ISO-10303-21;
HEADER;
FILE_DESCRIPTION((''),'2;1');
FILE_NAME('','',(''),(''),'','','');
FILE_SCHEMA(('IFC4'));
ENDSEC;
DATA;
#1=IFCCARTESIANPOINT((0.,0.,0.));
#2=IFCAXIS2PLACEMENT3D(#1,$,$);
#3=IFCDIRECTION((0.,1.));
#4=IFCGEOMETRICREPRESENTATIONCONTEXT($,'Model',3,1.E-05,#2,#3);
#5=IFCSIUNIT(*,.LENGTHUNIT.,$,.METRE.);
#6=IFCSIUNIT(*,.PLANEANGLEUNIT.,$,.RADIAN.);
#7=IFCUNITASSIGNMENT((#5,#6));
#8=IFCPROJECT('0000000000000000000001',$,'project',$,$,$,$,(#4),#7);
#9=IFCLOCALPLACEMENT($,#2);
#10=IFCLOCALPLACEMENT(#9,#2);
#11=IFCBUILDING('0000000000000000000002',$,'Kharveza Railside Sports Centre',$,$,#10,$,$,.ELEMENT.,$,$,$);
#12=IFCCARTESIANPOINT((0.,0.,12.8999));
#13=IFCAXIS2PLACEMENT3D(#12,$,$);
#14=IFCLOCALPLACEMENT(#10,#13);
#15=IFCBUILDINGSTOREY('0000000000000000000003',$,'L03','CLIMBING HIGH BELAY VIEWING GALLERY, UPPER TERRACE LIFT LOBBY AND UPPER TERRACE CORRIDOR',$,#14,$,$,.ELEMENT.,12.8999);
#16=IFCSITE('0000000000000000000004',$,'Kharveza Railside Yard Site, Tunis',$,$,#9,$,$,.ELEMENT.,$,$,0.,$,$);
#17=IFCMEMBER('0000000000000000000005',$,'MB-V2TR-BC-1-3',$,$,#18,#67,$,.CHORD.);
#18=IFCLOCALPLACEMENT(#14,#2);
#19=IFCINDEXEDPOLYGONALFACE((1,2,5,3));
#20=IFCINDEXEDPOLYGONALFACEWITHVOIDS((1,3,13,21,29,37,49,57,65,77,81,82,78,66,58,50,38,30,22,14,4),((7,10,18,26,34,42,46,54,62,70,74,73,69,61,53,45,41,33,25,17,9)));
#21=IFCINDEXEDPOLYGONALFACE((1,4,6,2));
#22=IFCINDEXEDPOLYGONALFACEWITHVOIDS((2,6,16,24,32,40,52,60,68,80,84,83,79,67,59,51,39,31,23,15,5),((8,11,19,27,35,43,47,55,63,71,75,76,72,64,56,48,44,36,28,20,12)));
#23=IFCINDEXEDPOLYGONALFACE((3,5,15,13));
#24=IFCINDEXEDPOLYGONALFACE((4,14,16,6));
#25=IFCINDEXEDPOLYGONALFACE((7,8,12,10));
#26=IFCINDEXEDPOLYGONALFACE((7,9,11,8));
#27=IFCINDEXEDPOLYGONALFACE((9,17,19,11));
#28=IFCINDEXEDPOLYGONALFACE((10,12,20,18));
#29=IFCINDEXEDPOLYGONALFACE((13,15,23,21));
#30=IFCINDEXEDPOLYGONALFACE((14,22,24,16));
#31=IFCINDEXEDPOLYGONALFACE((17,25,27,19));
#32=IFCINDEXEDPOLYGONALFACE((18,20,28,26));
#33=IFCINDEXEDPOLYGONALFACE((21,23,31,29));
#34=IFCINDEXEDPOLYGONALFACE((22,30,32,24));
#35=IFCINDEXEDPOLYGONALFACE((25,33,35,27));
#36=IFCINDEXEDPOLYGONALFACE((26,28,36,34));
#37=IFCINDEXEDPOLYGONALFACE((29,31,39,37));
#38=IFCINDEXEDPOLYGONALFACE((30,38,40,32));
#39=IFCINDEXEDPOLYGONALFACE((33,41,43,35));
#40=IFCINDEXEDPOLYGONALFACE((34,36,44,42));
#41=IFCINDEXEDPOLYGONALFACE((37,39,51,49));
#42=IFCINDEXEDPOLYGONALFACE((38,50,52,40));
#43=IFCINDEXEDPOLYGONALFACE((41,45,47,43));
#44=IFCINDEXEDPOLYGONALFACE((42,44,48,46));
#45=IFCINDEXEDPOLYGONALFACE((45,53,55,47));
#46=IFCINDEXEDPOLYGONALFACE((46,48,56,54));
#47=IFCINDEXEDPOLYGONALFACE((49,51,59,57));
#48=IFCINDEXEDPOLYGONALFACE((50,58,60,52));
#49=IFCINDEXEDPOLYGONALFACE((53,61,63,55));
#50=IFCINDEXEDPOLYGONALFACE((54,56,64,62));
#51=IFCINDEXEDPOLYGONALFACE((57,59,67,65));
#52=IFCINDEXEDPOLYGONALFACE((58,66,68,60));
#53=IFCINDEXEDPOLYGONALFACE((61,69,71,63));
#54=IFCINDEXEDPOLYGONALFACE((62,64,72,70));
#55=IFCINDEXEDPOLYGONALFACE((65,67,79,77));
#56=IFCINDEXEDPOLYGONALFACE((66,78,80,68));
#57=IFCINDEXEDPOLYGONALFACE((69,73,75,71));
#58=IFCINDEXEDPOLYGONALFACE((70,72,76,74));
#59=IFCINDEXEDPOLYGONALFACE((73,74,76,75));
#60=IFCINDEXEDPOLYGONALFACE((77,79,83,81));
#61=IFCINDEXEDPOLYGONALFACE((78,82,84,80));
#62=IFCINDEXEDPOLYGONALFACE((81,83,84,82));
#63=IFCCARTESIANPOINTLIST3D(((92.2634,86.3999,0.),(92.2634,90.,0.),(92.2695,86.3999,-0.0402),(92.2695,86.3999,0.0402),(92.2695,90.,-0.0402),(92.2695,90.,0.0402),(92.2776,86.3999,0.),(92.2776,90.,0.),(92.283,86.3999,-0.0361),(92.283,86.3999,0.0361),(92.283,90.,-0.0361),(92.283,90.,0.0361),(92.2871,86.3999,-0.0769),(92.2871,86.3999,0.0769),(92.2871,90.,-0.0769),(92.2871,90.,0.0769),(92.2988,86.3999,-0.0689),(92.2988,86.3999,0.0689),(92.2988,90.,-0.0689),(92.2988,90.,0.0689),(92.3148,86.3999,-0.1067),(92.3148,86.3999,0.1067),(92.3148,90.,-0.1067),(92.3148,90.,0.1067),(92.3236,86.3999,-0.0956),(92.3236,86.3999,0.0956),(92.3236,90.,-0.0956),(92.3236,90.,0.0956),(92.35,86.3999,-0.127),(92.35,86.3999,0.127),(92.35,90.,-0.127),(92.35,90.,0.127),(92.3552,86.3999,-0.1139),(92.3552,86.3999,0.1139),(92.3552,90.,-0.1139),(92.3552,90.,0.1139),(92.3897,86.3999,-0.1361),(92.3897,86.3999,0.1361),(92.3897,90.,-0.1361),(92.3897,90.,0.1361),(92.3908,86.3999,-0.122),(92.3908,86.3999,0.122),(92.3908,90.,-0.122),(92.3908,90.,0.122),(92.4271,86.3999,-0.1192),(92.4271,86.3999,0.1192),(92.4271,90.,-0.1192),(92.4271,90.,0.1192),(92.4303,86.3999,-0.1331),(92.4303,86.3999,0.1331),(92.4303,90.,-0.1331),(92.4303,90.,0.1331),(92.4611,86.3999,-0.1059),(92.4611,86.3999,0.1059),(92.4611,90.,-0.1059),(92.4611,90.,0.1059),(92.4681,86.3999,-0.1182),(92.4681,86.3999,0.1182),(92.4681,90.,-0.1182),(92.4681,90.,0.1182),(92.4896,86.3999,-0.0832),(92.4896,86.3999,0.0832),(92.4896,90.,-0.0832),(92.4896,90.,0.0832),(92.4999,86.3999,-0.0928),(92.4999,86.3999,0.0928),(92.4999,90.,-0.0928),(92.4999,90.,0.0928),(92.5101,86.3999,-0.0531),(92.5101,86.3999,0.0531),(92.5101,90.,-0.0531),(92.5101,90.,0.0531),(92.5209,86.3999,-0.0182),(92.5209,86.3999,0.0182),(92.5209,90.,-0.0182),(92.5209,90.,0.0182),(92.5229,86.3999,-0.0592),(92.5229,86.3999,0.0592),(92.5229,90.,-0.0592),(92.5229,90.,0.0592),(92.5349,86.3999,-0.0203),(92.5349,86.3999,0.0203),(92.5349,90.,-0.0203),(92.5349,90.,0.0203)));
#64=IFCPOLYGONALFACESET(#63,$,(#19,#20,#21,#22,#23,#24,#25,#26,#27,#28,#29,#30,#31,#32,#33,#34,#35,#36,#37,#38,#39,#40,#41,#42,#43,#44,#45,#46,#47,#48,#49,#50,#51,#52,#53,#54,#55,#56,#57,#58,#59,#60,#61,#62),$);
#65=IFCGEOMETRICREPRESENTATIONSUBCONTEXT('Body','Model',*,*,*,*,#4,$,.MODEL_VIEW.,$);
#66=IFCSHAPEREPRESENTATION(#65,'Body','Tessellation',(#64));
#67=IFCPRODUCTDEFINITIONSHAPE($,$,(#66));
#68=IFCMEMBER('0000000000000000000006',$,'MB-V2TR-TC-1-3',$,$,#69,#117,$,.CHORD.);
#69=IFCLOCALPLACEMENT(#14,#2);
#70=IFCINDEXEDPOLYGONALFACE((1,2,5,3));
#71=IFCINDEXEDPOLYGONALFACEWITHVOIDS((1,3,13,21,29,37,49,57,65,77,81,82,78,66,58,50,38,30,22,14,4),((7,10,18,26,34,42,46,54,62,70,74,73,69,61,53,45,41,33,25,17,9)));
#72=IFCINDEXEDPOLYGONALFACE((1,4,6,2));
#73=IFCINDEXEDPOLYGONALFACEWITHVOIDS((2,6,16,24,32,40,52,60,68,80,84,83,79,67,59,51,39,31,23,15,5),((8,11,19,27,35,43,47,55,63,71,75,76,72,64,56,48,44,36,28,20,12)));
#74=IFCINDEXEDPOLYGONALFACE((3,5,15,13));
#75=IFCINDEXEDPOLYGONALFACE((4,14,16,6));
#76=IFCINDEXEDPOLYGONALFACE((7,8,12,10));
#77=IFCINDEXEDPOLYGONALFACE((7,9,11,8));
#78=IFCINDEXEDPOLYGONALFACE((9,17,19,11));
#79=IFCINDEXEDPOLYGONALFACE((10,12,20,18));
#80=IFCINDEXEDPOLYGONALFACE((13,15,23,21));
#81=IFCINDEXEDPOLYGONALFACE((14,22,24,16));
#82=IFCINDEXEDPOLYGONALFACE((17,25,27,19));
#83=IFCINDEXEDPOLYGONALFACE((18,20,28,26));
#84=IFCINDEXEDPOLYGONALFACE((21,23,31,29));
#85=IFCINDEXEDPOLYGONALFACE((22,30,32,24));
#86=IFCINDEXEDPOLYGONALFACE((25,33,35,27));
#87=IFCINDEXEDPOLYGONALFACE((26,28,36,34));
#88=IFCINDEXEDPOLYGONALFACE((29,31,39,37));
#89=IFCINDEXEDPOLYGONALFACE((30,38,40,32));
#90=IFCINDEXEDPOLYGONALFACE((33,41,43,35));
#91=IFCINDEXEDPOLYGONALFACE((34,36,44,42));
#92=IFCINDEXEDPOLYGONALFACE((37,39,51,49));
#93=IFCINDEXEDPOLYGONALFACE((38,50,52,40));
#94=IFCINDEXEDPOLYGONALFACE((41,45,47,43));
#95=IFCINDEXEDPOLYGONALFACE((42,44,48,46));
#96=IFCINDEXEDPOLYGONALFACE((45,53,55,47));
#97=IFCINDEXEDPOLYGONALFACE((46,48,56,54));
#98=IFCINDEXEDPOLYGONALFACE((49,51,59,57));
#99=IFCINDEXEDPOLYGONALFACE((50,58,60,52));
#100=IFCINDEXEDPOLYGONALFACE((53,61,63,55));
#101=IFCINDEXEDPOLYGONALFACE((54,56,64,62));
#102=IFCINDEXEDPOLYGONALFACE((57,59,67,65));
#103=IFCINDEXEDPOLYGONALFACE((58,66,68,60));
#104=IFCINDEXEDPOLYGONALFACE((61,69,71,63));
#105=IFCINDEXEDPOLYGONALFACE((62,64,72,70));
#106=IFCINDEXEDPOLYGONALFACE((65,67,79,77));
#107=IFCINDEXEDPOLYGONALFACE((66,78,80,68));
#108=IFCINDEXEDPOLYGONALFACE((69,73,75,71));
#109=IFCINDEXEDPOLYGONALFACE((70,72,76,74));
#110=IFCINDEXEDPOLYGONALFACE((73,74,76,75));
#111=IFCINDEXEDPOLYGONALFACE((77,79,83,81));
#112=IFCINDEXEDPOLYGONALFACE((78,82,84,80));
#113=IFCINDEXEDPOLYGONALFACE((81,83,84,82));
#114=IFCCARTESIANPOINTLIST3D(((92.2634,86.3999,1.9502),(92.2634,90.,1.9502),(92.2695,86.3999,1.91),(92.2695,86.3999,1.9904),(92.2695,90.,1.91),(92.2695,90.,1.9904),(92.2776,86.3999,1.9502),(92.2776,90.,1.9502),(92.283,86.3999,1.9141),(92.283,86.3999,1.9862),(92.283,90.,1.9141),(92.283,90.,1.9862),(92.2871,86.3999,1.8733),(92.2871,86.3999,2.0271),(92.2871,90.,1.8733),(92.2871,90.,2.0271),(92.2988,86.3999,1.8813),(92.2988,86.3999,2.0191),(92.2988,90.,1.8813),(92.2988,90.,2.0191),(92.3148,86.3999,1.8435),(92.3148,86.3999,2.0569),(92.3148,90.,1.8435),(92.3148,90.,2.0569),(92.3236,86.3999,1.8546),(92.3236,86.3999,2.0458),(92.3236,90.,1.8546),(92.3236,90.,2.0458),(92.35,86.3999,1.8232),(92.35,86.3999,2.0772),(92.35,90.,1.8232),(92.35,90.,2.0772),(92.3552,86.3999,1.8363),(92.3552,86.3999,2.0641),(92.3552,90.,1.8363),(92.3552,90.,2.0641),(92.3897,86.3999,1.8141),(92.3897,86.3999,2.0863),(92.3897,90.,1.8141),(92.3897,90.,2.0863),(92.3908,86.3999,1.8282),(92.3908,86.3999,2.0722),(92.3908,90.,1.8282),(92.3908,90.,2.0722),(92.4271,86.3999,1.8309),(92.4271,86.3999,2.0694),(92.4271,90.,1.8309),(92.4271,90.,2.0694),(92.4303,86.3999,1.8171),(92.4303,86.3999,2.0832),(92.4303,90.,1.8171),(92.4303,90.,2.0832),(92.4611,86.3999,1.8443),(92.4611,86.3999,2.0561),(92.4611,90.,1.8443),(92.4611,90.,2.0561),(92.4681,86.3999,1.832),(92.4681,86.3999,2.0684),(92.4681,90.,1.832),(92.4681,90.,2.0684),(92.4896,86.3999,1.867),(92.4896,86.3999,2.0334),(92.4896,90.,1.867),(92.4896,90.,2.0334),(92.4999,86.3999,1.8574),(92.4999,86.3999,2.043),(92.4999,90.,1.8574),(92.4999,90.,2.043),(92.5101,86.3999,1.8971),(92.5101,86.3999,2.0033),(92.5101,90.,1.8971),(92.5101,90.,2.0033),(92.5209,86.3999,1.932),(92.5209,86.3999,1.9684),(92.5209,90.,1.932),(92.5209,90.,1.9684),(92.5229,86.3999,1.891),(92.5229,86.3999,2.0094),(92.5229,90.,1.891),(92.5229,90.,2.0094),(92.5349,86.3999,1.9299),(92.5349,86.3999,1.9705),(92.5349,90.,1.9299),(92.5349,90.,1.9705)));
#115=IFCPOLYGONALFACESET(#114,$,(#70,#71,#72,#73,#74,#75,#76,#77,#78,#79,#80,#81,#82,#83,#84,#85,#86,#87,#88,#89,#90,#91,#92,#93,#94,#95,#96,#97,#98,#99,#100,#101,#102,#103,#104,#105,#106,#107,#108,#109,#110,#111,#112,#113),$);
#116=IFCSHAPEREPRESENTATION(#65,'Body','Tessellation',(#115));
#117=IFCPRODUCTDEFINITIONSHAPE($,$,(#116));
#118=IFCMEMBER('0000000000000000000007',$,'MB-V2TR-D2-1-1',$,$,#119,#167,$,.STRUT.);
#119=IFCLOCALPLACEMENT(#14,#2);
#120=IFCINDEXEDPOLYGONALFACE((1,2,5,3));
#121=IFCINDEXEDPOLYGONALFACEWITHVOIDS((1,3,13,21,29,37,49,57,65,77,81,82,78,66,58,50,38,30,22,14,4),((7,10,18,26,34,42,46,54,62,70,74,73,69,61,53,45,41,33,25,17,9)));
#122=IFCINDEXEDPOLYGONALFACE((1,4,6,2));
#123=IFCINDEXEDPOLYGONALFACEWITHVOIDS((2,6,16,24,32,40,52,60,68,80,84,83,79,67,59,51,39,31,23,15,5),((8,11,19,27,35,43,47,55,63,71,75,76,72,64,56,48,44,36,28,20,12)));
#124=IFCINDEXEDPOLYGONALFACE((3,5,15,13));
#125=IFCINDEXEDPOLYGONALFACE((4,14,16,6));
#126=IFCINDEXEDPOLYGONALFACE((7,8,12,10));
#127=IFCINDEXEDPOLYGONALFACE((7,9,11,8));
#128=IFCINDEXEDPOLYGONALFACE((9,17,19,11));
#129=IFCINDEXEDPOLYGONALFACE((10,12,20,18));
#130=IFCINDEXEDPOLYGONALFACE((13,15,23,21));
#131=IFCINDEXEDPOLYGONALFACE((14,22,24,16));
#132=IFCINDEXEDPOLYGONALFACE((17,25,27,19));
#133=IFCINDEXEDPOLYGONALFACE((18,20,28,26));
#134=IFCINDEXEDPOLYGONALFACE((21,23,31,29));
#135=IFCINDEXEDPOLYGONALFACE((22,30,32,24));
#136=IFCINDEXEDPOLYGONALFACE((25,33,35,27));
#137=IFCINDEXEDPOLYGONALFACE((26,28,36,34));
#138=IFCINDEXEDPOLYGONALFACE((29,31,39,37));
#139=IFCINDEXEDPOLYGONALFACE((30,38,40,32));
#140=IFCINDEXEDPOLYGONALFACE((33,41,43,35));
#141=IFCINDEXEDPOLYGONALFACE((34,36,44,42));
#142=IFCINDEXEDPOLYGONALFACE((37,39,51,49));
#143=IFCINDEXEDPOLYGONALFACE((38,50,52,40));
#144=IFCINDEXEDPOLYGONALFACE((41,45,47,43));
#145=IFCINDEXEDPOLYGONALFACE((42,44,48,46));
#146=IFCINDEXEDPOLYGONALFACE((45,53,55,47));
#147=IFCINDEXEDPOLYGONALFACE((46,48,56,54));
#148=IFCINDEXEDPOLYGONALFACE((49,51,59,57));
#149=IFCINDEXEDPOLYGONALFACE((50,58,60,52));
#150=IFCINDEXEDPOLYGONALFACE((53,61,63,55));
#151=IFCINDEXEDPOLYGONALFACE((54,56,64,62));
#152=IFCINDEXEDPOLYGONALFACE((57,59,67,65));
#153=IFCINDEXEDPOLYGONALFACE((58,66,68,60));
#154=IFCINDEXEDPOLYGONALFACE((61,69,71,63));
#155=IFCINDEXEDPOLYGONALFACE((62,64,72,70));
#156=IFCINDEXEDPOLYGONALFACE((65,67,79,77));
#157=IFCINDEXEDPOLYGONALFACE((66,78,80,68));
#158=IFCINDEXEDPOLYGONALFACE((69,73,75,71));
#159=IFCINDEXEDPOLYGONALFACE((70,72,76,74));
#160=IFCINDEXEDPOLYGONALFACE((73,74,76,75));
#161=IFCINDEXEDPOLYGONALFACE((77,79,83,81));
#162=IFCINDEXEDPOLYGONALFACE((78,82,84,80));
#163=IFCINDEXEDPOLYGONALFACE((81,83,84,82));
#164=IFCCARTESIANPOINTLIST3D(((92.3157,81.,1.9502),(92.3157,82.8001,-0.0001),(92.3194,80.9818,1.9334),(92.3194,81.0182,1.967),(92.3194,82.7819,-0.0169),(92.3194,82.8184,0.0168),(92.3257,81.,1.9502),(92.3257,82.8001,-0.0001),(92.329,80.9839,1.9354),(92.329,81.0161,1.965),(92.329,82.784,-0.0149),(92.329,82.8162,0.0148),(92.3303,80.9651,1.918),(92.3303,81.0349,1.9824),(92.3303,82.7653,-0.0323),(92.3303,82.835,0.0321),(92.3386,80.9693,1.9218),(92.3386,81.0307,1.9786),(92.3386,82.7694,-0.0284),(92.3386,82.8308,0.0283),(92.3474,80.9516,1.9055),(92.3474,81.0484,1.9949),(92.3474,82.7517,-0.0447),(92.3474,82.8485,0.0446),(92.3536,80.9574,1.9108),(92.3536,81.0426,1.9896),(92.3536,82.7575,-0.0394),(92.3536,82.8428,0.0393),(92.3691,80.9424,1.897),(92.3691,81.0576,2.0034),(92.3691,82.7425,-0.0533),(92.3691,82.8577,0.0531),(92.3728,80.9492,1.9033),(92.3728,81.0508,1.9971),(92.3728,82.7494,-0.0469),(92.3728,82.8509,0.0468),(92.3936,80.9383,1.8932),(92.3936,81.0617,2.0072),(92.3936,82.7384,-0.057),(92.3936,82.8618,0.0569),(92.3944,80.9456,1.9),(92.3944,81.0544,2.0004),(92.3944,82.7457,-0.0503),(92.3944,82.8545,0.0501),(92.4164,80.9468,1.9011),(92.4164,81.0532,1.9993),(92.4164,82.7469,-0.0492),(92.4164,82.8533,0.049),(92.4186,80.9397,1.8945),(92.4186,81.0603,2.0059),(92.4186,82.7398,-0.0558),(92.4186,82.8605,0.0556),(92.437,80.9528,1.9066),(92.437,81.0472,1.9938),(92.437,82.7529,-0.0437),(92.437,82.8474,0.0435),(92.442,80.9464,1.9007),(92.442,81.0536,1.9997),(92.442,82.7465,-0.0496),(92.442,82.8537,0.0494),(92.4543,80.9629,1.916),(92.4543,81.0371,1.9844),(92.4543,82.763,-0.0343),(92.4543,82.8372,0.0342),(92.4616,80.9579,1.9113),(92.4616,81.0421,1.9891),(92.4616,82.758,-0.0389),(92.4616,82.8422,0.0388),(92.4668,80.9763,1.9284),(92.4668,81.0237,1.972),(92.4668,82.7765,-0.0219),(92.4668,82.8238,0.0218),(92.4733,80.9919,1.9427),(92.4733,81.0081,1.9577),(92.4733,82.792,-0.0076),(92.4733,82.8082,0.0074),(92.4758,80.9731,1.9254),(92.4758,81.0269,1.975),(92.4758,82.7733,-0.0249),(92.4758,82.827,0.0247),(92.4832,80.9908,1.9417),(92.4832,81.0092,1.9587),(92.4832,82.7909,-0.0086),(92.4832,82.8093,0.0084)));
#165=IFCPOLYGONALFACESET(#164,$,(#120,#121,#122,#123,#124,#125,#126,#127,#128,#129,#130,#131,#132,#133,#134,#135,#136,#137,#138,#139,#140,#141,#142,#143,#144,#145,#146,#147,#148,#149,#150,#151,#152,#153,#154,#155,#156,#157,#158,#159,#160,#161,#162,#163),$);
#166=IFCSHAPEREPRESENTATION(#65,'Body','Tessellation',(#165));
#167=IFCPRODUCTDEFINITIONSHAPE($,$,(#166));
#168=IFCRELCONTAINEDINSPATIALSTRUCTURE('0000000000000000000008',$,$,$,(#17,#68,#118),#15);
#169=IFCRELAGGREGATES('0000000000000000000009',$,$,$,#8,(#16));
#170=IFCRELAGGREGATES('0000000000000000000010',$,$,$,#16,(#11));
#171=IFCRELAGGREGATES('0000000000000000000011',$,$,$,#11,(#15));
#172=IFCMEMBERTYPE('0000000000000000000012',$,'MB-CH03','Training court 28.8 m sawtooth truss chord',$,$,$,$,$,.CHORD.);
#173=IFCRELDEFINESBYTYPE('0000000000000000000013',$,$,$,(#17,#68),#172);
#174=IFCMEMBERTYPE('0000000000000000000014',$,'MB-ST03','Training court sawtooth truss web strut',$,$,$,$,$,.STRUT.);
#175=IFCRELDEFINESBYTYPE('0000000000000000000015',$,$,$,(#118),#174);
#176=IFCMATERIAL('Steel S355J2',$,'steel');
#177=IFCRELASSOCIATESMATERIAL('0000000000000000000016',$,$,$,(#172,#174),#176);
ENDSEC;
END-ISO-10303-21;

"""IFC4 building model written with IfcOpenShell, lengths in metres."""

from ifc_helpers import new_model, si_unit, direction, frame, origin, origin_2d, place, context, subcontext, project, spatial, hollow_circle, extrude, material, material_profile, profile_set, type_object, element, save


model = new_model("IFC4")

# Units and contexts
model_context = context("Model", 3, precision=1e-05, world=origin(), true_north=direction((0.0, 1.0)))
body_context = subcontext(model_context, "Body", "Model", "MODEL_VIEW")
ifc_project = project(units=[si_unit("LENGTHUNIT", "METRE"), si_unit("PLANEANGLEUNIT", "RADIAN")], contexts=[model_context])

# Site, building, storey
site_placement = place(None, origin())
site = spatial("IfcSite", under=ifc_project, at=site_placement, Name="Kharveza Railside Yard Site, Tunis", CompositionType="ELEMENT", RefElevation=0.0)
building_placement = place(site_placement, origin())
building = spatial("IfcBuilding", under=site, at=building_placement, Name="Kharveza Railside Sports Centre", CompositionType="ELEMENT")
storey_placement = place(building_placement, frame((0.0, 0.0, 12.8999)))
storey = spatial("IfcBuildingStorey", under=building, at=storey_placement, Name="L03", Description="CLIMBING HIGH BELAY VIEWING GALLERY, UPPER TERRACE LIFT LOBBY AND UPPER TERRACE CORRIDOR", CompositionType="ELEMENT", Elevation=12.8999)

# Shared definitions
ifc_material_1 = material(Name="Steel S355J2", Category="steel")

# Members
ifc_material_profile_1 = material_profile(ifc_material_1, hollow_circle(Radius=0.1365, WallThickness=0.0142, at=origin_2d()), Name="CHS 273.0x14.2")
ifc_profile_set_1 = profile_set([ifc_material_profile_1], Name="Steel S355J2")
member_type_1 = type_object("IfcMemberType", Name="MB-CH03", Description="Training court 28.8 m sawtooth truss chord", PredefinedType="CHORD", material=ifc_profile_set_1)
for number, where, z_axis, x_axis, name in (
    (1, (92.3999, 86.3999, 0.0), (0.0, 1.0, 0.0), (-1.0, 0.0, 0.0), "MB-V2TR-BC-1-3"),
    (2, (92.3999, 86.3999, 1.9502), (0.0, 1.0, 0.0), (-1.0, 0.0, 0.0), "MB-V2TR-TC-1-3"),
):
    element("IfcMember", number, at=place(storey_placement, frame(where, z_axis=z_axis, x_axis=x_axis)), inside=storey, type_object=member_type_1, Name=name, PredefinedType="CHORD", context=body_context, shape_type="SweptSolid", body=[
        extrude(hollow_circle(Radius=0.1365, WallThickness=0.0142, at=origin_2d()), origin(), (0.0, 0.0, 1.0), 3.6001),
    ])
ifc_material_profile_2 = material_profile(ifc_material_1, hollow_circle(Radius=0.0842, WallThickness=0.01, at=origin_2d()), Name="CHS 168.3x10.0")
ifc_profile_set_2 = profile_set([ifc_material_profile_2], Name="Steel S355J2")
member_type_2 = type_object("IfcMemberType", Name="MB-ST03", Description="Training court sawtooth truss web strut", PredefinedType="STRUT", material=ifc_profile_set_2)
for number, where, z_axis, x_axis, name in (
    (3, (92.3999, 81.0, 1.9502), (0.0, 0.678253, -0.734828), (-1.0, 0.0, 0.0), "MB-V2TR-D2-1-1"),
):
    element("IfcMember", number, at=place(storey_placement, frame(where, z_axis=z_axis, x_axis=x_axis)), inside=storey, type_object=member_type_2, Name=name, PredefinedType="STRUT", context=body_context, shape_type="SweptSolid", body=[
        extrude(hollow_circle(Radius=0.0842, WallThickness=0.01, at=origin_2d()), origin(), (0.0, 0.0, 1.0), 2.6541),
    ])

save(model, "model.ifc")
